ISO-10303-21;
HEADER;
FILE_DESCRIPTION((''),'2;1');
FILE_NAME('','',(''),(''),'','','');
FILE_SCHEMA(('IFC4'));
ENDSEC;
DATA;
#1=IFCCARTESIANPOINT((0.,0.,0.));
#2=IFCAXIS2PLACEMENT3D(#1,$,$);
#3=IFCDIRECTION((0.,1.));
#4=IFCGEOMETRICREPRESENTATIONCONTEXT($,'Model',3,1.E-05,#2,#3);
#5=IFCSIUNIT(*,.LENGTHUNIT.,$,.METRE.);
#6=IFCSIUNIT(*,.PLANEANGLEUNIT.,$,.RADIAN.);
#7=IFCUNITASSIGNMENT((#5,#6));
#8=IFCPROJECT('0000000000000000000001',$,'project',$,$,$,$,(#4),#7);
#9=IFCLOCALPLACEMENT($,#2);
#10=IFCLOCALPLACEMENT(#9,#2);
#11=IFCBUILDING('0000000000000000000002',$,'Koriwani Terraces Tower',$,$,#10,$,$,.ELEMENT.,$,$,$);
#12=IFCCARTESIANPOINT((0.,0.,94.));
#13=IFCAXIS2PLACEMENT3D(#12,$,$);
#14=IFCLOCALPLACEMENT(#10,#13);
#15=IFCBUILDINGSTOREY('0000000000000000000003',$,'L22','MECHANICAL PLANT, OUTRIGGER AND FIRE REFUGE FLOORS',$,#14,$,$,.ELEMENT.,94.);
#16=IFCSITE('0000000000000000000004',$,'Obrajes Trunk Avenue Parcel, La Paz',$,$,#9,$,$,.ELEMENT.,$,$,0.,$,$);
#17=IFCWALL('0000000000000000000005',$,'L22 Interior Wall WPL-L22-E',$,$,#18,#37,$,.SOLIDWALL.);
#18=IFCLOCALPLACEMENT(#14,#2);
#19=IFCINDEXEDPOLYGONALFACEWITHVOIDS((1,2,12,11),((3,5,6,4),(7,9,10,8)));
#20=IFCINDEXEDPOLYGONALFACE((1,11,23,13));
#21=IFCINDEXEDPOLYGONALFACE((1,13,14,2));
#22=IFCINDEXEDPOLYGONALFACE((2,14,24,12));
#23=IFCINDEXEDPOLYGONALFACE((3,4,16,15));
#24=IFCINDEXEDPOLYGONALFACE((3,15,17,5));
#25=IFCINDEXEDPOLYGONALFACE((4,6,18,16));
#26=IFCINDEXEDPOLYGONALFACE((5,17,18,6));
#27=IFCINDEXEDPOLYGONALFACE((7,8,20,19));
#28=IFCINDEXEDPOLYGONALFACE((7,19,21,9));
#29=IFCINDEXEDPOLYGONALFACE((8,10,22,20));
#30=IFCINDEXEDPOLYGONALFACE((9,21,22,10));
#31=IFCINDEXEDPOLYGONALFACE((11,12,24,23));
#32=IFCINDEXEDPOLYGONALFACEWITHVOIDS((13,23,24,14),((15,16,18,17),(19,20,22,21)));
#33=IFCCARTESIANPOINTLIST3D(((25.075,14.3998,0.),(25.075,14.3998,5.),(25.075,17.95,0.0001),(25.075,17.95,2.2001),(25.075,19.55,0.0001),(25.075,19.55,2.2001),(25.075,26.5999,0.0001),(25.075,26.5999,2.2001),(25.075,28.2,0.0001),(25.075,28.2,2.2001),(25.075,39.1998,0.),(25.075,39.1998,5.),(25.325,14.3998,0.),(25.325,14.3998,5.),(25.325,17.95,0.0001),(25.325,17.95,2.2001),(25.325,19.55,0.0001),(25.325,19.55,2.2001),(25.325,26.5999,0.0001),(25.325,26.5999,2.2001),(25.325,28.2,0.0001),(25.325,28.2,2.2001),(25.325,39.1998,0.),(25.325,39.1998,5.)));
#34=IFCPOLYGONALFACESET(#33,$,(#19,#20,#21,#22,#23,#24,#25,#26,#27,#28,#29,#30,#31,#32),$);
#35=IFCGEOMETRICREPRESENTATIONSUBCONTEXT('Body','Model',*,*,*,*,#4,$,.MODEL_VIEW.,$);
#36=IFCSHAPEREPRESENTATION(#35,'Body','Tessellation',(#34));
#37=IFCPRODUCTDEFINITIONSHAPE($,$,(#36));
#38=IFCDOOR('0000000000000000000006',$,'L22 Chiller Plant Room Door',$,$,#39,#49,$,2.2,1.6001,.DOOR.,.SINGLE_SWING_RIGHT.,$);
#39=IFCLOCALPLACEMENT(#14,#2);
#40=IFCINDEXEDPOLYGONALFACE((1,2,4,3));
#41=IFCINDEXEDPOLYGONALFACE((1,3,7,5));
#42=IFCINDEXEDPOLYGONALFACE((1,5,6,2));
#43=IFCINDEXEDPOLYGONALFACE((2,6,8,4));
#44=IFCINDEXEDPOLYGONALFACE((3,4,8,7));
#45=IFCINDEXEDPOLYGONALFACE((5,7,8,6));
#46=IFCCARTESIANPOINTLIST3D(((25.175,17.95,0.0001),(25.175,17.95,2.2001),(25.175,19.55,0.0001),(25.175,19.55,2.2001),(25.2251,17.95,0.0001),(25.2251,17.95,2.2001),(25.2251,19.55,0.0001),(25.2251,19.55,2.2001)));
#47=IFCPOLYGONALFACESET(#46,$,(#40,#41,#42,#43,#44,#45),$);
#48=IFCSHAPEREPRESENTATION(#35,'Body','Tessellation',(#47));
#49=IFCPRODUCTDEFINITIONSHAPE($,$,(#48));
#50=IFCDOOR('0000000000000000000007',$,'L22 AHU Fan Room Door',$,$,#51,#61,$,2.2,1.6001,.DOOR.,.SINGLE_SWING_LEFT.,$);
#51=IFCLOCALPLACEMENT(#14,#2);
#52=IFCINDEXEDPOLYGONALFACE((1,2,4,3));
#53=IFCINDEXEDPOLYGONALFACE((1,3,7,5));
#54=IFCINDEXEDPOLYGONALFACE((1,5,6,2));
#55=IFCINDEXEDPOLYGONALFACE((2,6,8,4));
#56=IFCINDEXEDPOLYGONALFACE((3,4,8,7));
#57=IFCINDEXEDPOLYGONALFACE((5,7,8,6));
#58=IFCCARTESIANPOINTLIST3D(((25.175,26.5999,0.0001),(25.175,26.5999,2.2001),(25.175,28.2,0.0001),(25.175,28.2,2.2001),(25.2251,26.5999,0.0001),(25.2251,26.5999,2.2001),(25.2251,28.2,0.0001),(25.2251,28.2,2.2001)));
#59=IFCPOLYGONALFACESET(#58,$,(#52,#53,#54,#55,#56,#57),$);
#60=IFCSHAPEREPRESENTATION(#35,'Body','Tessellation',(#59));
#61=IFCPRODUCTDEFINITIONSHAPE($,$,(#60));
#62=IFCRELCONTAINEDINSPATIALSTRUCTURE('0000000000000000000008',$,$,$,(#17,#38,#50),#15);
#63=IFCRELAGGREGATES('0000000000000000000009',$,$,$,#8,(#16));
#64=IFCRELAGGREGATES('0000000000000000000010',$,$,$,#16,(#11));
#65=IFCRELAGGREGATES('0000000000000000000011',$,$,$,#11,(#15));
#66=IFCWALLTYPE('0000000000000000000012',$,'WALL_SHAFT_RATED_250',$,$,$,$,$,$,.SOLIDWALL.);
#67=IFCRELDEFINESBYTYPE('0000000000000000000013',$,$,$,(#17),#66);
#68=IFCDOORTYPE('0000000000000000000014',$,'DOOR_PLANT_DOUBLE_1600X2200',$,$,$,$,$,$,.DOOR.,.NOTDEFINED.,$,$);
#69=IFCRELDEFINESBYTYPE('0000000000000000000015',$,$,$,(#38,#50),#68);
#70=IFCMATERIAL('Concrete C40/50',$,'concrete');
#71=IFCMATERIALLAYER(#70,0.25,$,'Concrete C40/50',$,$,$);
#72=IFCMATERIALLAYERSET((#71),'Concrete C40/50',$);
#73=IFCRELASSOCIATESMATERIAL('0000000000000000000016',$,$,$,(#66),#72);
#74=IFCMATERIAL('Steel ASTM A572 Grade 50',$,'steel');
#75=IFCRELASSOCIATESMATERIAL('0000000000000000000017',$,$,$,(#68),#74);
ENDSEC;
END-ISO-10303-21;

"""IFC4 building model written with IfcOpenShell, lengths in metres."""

from ifc_helpers import new_model, si_unit, direction, frame, frame_2d, origin, place, context, subcontext, project, spatial, rectangle, extrude, material, layer, layer_set, type_object, element, fill, save


model = new_model("IFC4")

# Units and contexts
model_context = context("Model", 3, precision=1e-05, world=origin(), true_north=direction((0.0, 1.0)))
body_context = subcontext(model_context, "Body", "Model", "MODEL_VIEW")
ifc_project = project(units=[si_unit("LENGTHUNIT", "METRE"), si_unit("PLANEANGLEUNIT", "RADIAN")], contexts=[model_context])

# Site, building, storey
site_placement = place(None, origin())
site = spatial("IfcSite", under=ifc_project, at=site_placement, Name="Obrajes Trunk Avenue Parcel, La Paz", CompositionType="ELEMENT", RefElevation=0.0)
building_placement = place(site_placement, origin())
building = spatial("IfcBuilding", under=site, at=building_placement, Name="Koriwani Terraces Tower", CompositionType="ELEMENT")
storey_placement = place(building_placement, frame((0.0, 0.0, 94.0)))
storey = spatial("IfcBuildingStorey", under=building, at=storey_placement, Name="L22", Description="MECHANICAL PLANT, OUTRIGGER AND FIRE REFUGE FLOORS", CompositionType="ELEMENT", Elevation=94.0)

# Shared definitions
ifc_material_1 = material(Name="Steel ASTM A572 Grade 50", Category="steel")

# Shared definitions
ifc_material_2 = material(Name="Concrete C40/50", Category="concrete")
ifc_layer_1 = layer(ifc_material_2, 0.25, Name="Concrete C40/50")
ifc_layer_set_1 = layer_set([ifc_layer_1], Name="Concrete C40/50")
wall_type_1 = type_object("IfcWallType", Name="WALL_SHAFT_RATED_250", PredefinedType="SOLIDWALL", material=ifc_layer_set_1)

# Wall, openings, doors
wall_1_placement = place(storey_placement, frame((25.2, 14.3999, 0.0), z_axis=(0.0, 0.0, 1.0), x_axis=(0.0, 1.0, 0.0)))
wall_1 = element("IfcWall", 1, at=wall_1_placement, inside=storey, type_object=wall_type_1, Name="L22 Interior Wall WPL-L22-E", PredefinedType="SOLIDWALL", context=body_context, shape_type="SweptSolid", body=[
    extrude(rectangle(XDim=24.8, YDim=0.25, at=frame_2d((12.3999, 0.0))), origin(), (0.0, 0.0, 1.0), 5.0),
])
opening_1_placement = place(wall_1_placement, frame((3.55, 0.0, 0.0)))
opening_1 = element("IfcOpeningElement", 2, at=opening_1_placement, cuts=wall_1, PredefinedType="OPENING", context=body_context, shape_type="SweptSolid", body=[
    extrude(rectangle(XDim=1.6001, YDim=2.2, at=frame_2d((0.8, 1.1001))), frame((0.0, 0.135, 0.0), z_axis=(0.0, -1.0, 0.0), x_axis=(1.0, 0.0, 0.0)), (0.0, 0.0, 1.0), 0.27),
])
opening_2_placement = place(wall_1_placement, frame((12.2, 0.0, 0.0)))
opening_2 = element("IfcOpeningElement", 3, at=opening_2_placement, cuts=wall_1, PredefinedType="OPENING", context=body_context, shape_type="SweptSolid", body=[
    extrude(rectangle(XDim=1.6001, YDim=2.2, at=frame_2d((0.8, 1.1001))), frame((0.0, 0.135, 0.0), z_axis=(0.0, -1.0, 0.0), x_axis=(1.0, 0.0, 0.0)), (0.0, 0.0, 1.0), 0.27),
])
door_type_1 = type_object("IfcDoorType", Name="DOOR_PLANT_DOUBLE_1600X2200", OperationType="NOTDEFINED", PredefinedType="DOOR", material=ifc_material_1)
door_1_placement = place(opening_1_placement, origin())
door_1 = element("IfcDoor", 4, at=door_1_placement, inside=storey, type_object=door_type_1, Name="L22 Chiller Plant Room Door", OperationType="SINGLE_SWING_RIGHT", OverallHeight=2.2, OverallWidth=1.6001, PredefinedType="DOOR", context=body_context, shape_type="SweptSolid", body=[
    extrude(rectangle(XDim=1.6001, YDim=2.2, at=frame_2d((0.8, 1.1001))), frame((0.0, 0.0249, 0.0), z_axis=(0.0, -1.0, 0.0), x_axis=(1.0, 0.0, 0.0)), (0.0, 0.0, 1.0), 0.05),
])
fill(opening_1, door_1)
door_2_placement = place(opening_2_placement, origin())
door_2 = element("IfcDoor", 5, at=door_2_placement, inside=storey, type_object=door_type_1, Name="L22 AHU Fan Room Door", OperationType="SINGLE_SWING_LEFT", OverallHeight=2.2, OverallWidth=1.6001, PredefinedType="DOOR", context=body_context, shape_type="SweptSolid", body=[
    extrude(rectangle(XDim=1.6001, YDim=2.2, at=frame_2d((0.8, 1.1001))), frame((0.0, 0.0249, 0.0), z_axis=(0.0, -1.0, 0.0), x_axis=(1.0, 0.0, 0.0)), (0.0, 0.0, 1.0), 0.05),
])
fill(opening_2, door_2)

save(model, "model.ifc")
